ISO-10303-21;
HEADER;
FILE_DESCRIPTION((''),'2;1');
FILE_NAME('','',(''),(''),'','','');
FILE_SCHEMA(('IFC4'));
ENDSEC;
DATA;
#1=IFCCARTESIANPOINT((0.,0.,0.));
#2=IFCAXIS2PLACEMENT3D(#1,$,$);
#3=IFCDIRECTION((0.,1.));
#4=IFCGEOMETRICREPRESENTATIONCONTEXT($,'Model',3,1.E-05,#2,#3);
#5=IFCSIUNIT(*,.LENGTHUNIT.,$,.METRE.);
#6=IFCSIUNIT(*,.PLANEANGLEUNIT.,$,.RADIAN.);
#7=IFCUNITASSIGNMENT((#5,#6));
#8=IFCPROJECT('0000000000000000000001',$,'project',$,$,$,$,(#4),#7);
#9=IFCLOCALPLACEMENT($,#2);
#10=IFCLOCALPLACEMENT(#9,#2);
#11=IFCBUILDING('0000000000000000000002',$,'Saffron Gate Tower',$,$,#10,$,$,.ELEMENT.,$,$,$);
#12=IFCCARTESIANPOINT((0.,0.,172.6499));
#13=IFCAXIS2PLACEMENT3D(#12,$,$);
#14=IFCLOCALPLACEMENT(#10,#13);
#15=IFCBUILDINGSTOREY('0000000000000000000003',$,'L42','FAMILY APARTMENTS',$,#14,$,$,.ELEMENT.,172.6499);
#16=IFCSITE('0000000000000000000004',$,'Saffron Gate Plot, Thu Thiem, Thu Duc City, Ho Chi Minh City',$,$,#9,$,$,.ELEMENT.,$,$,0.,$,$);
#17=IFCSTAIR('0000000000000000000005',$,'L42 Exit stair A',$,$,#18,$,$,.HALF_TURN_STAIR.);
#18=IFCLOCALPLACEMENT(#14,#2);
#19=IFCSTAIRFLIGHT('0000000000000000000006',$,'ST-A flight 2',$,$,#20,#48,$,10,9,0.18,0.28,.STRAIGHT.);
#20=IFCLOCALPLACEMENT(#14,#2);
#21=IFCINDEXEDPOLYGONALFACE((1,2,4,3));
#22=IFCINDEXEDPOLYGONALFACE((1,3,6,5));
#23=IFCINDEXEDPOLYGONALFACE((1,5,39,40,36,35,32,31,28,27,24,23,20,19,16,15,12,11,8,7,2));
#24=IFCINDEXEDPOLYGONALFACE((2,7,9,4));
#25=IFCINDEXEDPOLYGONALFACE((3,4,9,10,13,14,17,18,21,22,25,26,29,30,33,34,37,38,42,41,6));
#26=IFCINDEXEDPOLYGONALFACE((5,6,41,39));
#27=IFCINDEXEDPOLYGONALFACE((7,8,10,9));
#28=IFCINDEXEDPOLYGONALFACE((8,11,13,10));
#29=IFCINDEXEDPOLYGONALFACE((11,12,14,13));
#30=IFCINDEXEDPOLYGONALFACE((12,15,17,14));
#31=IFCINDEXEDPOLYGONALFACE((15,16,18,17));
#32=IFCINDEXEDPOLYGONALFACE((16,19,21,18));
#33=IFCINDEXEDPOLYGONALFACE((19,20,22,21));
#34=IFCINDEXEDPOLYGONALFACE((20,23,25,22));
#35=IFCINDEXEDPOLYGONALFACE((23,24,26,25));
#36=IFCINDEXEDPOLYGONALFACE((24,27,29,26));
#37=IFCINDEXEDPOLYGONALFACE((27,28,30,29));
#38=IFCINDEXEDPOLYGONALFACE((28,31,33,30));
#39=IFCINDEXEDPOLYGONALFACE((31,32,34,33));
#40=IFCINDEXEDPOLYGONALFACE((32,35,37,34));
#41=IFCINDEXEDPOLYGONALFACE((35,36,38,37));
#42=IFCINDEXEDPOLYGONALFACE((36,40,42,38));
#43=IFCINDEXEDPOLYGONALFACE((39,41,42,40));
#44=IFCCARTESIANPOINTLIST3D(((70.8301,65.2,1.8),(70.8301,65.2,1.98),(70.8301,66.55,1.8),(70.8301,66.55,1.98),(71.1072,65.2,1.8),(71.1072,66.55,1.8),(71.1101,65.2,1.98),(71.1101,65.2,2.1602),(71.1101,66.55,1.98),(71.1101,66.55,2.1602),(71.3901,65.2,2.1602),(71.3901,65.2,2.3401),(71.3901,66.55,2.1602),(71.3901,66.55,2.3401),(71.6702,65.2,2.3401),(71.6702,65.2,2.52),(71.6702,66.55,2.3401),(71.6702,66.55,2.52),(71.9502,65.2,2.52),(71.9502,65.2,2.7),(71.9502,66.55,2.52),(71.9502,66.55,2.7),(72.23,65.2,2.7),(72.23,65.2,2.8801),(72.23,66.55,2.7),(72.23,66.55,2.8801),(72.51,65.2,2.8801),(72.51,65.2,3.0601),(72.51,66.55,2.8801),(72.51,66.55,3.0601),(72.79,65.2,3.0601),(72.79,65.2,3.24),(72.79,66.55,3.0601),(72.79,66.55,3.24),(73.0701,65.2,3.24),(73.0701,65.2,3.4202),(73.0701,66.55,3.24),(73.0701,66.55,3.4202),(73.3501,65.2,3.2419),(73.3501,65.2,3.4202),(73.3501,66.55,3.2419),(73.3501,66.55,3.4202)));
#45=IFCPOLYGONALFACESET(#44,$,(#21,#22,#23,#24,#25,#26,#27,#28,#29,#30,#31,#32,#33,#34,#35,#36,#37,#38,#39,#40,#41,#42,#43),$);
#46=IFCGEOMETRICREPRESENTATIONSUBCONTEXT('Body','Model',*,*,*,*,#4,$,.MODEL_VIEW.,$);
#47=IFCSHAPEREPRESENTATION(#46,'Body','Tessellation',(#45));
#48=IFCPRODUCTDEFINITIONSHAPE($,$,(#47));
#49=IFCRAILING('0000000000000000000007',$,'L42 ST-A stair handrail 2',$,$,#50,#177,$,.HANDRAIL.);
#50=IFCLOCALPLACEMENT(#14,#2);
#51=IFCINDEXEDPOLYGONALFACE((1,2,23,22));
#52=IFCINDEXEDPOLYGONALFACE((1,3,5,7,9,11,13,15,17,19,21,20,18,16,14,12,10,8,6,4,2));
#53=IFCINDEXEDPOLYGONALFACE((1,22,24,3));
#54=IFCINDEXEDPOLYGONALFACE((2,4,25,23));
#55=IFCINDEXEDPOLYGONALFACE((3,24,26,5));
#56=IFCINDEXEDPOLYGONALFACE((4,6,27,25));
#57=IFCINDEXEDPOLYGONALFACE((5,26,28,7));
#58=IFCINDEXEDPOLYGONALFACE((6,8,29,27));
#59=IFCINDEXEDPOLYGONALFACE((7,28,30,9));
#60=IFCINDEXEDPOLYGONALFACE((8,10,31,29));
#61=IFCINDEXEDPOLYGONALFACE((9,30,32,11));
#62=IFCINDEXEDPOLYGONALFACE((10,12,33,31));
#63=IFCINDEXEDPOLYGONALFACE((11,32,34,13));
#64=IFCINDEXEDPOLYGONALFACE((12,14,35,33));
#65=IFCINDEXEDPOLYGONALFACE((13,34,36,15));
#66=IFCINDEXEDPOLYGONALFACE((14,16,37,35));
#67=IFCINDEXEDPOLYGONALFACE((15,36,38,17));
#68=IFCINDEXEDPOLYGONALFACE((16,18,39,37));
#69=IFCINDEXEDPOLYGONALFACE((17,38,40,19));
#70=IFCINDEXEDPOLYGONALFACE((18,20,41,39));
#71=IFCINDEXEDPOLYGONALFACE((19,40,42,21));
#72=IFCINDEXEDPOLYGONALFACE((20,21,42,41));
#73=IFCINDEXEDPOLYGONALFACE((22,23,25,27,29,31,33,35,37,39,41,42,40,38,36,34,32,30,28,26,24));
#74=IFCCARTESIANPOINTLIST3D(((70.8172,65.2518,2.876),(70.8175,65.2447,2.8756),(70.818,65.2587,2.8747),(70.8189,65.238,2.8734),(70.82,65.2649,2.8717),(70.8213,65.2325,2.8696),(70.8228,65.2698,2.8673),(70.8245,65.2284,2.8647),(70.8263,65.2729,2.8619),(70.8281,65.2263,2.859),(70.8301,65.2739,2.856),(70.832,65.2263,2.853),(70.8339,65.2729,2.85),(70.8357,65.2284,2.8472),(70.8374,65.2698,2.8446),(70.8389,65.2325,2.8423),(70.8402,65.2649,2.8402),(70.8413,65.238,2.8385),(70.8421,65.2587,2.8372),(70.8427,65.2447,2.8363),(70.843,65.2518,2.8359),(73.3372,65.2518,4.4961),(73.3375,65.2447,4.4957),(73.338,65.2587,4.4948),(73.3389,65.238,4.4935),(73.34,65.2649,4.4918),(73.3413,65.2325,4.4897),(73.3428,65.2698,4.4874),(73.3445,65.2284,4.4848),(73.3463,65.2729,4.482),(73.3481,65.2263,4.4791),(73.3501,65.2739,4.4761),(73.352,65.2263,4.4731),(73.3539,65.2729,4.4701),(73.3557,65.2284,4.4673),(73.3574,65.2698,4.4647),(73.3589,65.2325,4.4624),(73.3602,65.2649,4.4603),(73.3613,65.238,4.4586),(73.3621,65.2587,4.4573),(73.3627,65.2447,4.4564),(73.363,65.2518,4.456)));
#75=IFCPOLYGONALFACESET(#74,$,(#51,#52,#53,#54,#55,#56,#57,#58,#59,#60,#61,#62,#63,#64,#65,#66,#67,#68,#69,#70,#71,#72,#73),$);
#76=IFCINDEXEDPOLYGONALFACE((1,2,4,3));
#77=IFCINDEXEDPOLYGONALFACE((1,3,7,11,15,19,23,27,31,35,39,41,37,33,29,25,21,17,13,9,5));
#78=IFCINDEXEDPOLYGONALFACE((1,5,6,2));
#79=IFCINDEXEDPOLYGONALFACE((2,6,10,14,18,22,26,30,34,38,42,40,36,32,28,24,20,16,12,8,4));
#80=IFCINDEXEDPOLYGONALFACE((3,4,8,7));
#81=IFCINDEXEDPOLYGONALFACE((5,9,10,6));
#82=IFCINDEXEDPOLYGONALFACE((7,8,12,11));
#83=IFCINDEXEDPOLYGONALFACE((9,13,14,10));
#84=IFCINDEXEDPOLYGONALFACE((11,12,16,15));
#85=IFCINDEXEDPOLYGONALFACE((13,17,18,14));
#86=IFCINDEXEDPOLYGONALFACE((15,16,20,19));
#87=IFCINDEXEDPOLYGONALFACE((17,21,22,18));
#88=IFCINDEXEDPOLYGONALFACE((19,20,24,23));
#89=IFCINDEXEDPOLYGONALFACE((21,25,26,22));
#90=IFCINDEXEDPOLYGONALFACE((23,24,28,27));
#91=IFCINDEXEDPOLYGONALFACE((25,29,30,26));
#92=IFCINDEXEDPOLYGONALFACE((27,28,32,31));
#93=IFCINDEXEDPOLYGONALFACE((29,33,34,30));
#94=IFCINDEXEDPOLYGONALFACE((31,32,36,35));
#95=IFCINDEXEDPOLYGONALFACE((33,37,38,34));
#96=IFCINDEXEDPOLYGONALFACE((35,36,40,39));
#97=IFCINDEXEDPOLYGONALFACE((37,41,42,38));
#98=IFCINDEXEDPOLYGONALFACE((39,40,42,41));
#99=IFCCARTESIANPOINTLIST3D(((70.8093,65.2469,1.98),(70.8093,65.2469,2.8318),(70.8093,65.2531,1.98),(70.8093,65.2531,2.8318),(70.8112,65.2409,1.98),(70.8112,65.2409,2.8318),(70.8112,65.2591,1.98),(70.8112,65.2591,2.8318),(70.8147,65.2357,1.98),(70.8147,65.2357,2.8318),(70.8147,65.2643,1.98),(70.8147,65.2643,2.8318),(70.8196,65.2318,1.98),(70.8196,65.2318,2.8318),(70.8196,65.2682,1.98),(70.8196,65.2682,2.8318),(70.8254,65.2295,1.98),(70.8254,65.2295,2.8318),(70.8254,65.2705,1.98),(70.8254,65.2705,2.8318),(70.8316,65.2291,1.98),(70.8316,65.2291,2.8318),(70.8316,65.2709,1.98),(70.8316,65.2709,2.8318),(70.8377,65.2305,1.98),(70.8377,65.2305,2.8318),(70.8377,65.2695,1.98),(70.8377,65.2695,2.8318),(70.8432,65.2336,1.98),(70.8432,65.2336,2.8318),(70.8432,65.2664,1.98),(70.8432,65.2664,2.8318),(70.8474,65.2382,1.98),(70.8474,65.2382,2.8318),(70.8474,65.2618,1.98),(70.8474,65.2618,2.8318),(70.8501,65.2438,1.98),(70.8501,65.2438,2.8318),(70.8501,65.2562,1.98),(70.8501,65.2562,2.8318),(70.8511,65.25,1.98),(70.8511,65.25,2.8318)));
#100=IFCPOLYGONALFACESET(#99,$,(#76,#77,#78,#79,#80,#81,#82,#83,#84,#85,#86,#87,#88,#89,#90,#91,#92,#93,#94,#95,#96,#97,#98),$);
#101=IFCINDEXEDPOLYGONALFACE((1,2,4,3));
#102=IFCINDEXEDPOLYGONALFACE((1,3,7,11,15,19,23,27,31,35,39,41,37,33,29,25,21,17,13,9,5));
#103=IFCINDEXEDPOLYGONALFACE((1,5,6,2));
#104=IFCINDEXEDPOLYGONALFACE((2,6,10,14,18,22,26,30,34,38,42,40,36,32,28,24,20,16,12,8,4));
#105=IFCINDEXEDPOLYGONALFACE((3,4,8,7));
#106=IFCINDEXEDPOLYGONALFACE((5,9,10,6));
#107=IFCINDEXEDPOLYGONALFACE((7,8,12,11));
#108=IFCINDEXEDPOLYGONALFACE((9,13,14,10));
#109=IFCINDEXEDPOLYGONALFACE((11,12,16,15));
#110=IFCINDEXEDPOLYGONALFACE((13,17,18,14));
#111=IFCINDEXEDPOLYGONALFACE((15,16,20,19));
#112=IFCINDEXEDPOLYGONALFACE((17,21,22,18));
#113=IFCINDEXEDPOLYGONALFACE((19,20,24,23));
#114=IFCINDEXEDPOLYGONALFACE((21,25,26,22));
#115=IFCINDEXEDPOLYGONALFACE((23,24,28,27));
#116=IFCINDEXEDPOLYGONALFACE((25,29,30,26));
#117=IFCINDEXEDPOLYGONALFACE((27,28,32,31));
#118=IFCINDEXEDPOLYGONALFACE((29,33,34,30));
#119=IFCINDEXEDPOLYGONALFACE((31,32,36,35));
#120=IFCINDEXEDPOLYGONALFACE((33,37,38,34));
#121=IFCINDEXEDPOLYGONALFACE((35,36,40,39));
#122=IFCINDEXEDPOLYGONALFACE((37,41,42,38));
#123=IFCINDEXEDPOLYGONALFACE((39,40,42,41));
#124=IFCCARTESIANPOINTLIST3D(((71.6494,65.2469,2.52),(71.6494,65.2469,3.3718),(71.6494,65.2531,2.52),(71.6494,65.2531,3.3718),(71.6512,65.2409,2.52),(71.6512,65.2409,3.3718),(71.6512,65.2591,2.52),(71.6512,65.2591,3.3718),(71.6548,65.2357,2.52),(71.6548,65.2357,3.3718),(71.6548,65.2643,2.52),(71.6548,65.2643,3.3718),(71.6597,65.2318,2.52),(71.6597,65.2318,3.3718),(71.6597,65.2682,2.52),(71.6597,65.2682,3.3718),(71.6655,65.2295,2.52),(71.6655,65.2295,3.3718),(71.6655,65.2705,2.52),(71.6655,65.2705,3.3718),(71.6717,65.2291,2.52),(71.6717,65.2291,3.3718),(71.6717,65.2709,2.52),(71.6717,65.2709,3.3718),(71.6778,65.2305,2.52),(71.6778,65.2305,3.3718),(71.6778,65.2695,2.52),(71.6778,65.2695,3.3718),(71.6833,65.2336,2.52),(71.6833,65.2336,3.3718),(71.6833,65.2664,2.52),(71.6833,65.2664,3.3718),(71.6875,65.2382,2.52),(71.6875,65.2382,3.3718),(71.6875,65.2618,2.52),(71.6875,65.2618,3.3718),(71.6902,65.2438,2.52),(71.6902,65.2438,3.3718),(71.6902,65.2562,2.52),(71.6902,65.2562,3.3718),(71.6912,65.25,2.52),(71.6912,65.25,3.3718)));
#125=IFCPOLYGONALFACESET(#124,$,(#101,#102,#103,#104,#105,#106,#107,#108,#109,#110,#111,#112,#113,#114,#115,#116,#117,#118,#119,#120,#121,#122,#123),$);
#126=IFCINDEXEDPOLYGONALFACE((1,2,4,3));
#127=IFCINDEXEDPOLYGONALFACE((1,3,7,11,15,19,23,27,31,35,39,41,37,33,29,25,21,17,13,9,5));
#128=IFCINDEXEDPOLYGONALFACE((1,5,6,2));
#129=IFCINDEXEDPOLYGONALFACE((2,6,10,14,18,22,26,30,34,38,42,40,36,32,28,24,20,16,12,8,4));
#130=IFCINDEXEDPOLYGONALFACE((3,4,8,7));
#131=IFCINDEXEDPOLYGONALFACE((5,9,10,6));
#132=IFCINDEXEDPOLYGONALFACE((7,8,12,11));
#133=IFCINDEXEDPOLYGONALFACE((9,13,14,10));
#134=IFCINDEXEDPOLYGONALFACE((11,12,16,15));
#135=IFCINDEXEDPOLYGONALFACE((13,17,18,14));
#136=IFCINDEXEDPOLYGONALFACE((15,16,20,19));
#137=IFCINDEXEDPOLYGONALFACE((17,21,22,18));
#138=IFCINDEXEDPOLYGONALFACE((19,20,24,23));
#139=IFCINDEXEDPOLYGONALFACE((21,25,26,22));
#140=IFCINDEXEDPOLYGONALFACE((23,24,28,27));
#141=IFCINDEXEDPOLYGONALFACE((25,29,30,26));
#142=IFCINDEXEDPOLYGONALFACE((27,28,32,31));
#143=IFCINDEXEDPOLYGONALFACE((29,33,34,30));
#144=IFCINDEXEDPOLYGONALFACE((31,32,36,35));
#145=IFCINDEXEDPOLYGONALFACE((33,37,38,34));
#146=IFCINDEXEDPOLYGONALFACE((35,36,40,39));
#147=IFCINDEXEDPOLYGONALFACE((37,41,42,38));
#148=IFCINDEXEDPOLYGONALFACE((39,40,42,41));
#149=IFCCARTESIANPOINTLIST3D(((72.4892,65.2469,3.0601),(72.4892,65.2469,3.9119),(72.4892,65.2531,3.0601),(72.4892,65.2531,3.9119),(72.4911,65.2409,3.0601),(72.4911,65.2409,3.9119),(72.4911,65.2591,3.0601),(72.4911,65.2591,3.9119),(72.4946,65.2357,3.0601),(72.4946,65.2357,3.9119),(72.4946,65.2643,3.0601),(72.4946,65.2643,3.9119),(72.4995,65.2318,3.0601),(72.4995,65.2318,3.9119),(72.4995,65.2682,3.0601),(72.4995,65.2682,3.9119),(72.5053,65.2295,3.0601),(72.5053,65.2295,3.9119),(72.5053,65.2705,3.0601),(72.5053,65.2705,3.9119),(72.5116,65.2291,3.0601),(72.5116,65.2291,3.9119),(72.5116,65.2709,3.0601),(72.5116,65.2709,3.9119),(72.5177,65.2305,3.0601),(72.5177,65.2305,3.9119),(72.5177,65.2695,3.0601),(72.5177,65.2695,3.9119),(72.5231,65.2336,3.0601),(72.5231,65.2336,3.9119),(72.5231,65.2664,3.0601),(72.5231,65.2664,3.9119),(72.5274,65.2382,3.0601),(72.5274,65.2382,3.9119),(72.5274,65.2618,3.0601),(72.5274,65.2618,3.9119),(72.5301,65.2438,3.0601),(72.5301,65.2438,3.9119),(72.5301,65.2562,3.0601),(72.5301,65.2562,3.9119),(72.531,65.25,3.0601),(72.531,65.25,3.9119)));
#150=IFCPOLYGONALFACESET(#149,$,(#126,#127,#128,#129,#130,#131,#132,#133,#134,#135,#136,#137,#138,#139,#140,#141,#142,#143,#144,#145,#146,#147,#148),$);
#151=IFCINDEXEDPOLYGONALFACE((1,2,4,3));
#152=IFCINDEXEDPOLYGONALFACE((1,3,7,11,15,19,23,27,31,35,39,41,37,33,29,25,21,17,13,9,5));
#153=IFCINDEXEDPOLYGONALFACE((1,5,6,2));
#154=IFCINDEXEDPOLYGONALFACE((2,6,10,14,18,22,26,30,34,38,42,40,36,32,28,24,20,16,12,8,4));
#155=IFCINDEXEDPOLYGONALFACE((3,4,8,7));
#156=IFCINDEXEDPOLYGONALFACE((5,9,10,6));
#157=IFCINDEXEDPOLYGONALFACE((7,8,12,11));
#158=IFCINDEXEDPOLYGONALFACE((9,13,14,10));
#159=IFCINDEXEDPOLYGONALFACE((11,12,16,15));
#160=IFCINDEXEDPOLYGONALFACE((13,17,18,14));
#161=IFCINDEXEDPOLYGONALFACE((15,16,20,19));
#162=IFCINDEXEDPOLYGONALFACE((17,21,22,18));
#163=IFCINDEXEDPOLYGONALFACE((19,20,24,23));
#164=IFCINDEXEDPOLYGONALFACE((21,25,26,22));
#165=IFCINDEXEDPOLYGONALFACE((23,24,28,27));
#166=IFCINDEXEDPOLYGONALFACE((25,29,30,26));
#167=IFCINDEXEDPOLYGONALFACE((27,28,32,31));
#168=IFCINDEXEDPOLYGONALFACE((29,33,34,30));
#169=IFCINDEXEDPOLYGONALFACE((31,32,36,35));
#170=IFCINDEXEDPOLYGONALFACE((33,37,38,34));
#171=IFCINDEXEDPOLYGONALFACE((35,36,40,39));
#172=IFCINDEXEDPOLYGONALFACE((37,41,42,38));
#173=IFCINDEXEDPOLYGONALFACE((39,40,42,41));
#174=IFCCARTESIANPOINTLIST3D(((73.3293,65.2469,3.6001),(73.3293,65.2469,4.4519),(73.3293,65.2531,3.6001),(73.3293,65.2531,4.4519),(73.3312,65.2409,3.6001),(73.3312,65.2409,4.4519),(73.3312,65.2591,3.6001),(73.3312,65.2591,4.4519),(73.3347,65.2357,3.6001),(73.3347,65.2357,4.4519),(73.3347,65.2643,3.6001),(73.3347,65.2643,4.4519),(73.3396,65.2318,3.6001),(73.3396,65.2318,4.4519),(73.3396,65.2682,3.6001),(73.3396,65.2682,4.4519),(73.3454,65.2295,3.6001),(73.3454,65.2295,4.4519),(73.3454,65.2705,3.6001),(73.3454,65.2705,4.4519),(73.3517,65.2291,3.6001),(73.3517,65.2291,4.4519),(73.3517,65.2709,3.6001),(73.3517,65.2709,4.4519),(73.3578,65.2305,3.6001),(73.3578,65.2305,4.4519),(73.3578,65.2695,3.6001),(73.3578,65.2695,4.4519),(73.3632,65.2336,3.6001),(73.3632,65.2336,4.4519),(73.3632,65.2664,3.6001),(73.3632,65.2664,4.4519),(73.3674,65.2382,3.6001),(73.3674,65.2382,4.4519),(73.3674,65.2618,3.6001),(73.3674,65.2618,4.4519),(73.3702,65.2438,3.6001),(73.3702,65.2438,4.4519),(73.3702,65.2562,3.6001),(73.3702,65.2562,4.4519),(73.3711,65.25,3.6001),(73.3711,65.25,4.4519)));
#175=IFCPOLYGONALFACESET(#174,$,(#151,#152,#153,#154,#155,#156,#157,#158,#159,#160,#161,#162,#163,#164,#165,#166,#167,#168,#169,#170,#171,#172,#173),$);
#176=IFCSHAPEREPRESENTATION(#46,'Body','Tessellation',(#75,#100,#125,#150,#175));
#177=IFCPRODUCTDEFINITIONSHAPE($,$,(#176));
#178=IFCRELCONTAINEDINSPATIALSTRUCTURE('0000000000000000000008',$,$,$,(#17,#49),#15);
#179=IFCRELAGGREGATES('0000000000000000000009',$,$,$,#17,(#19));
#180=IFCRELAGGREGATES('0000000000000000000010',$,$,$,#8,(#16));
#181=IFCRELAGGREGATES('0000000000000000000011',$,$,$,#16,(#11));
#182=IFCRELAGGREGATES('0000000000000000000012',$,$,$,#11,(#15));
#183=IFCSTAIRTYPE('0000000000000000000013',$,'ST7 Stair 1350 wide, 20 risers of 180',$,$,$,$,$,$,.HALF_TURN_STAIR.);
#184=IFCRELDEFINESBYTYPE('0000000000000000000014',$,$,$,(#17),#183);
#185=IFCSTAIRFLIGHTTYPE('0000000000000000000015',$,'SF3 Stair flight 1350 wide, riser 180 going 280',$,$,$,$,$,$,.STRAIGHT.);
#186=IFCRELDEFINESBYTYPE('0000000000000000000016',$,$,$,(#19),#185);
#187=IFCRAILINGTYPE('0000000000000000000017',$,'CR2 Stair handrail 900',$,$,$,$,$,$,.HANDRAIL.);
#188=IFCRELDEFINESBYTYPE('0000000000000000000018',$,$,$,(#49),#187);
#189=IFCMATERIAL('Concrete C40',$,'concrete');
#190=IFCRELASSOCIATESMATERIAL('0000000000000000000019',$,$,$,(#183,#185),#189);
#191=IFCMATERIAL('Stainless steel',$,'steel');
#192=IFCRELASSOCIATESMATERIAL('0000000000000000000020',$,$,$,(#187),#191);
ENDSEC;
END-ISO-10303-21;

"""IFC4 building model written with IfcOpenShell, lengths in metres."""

from ifc_helpers import new_model, si_unit, direction, frame, origin, origin_2d, place, context, subcontext, project, spatial, polyline, circle, outline, extrude, material, type_object, element, aggregate, save


model = new_model("IFC4")

# Units and contexts
model_context = context("Model", 3, precision=1e-05, world=origin(), true_north=direction((0.0, 1.0)))
body_context = subcontext(model_context, "Body", "Model", "MODEL_VIEW")
ifc_project = project(units=[si_unit("LENGTHUNIT", "METRE"), si_unit("PLANEANGLEUNIT", "RADIAN")], contexts=[model_context])

# Site, building, storey
site_placement = place(None, origin())
site = spatial("IfcSite", under=ifc_project, at=site_placement, Name="Saffron Gate Plot, Thu Thiem, Thu Duc City, Ho Chi Minh City", CompositionType="ELEMENT", RefElevation=0.0)
building_placement = place(site_placement, origin())
building = spatial("IfcBuilding", under=site, at=building_placement, Name="Saffron Gate Tower", CompositionType="ELEMENT")
storey_placement = place(building_placement, frame((0.0, 0.0, 172.6499)))
storey = spatial("IfcBuildingStorey", under=building, at=storey_placement, Name="L42", Description="FAMILY APARTMENTS", CompositionType="ELEMENT", Elevation=172.6499)

# Stair, stair flight
ifc_material_1 = material(Name="Concrete C40", Category="concrete")
stair_type = type_object("IfcStairType", Name="ST7 Stair 1350 wide, 20 risers of 180", PredefinedType="HALF_TURN_STAIR", material=ifc_material_1)
stair_placement = place(storey_placement, origin())
stair = element("IfcStair", 1, at=stair_placement, inside=storey, type_object=stair_type, Name="L42 Exit stair A", PredefinedType="HALF_TURN_STAIR")
stair_flight_type = type_object("IfcStairFlightType", Name="SF3 Stair flight 1350 wide, riser 180 going 280", PredefinedType="STRAIGHT", material=ifc_material_1)
stair_flight_placement = place(storey_placement, frame((70.8301, 65.875, 1.8), z_axis=(0.0, 0.0, 1.0), x_axis=(1.0, 0.0, 0.0)))
stair_flight = element("IfcStairFlight", 2, at=stair_flight_placement, type_object=stair_flight_type, Name="ST-A flight 2", NumberOfRisers=10, NumberOfTreads=9, PredefinedType="STRAIGHT", RiserHeight=0.18, TreadLength=0.28, context=body_context, shape_type="SweptSolid", body=[
    extrude(outline(polyline([(0.0, 0.0), (0.0, 0.1799), (0.28, 0.1799), (0.28, 0.3601), (0.5601, 0.3601), (0.5601, 0.54), (0.8401, 0.54), (0.8401, 0.72), (1.1201, 0.72), (1.1201, 0.8999), (1.3999, 0.8999), (1.3999, 1.0801), (1.6799, 1.0801), (1.6799, 1.26), (1.96, 1.26), (1.96, 1.4399), (2.24, 1.4399), (2.24, 1.6201), (2.52, 1.6201), (2.52, 1.8), (2.52, 1.4419), (0.2771, 0.0), (0.0, 0.0)])), frame((0.0, 0.675, 0.0), z_axis=(0.0, -1.0, 0.0), x_axis=(1.0, 0.0, 0.0)), (0.0, 0.0, 1.0), 1.3501),
])
aggregate(stair, [stair_flight])

# Railing
ifc_material_2 = material(Name="Stainless steel", Category="steel")
railing_type = type_object("IfcRailingType", Name="CR2 Stair handrail 900", PredefinedType="HANDRAIL", material=ifc_material_2)
railing_placement = place(storey_placement, frame((70.8301, 65.25, 1.98)))
element("IfcRailing", 3, at=railing_placement, inside=storey, type_object=railing_type, Name="L42 ST-A stair handrail 2", PredefinedType="HANDRAIL", context=body_context, shape_type="SweptSolid", body=[
    extrude(circle(Radius=0.0239, at=origin_2d()), frame((0.0, 0.0, 0.876), z_axis=(0.841163, 0.0, 0.540782), x_axis=(0.0, 1.0, 0.0)), (0.0, 0.0, 1.0), 2.9958),
    extrude(circle(Radius=0.021, at=origin_2d()), origin(), (0.0, 0.0, 1.0), 0.8518),
    extrude(circle(Radius=0.021, at=origin_2d()), frame((0.8401, 0.0, 0.54)), (0.0, 0.0, 1.0), 0.8518),
    extrude(circle(Radius=0.021, at=origin_2d()), frame((1.6799, 0.0, 1.0801)), (0.0, 0.0, 1.0), 0.8518),
    extrude(circle(Radius=0.021, at=origin_2d()), frame((2.52, 0.0, 1.6201)), (0.0, 0.0, 1.0), 0.8518),
])

save(model, "model.ifc")
